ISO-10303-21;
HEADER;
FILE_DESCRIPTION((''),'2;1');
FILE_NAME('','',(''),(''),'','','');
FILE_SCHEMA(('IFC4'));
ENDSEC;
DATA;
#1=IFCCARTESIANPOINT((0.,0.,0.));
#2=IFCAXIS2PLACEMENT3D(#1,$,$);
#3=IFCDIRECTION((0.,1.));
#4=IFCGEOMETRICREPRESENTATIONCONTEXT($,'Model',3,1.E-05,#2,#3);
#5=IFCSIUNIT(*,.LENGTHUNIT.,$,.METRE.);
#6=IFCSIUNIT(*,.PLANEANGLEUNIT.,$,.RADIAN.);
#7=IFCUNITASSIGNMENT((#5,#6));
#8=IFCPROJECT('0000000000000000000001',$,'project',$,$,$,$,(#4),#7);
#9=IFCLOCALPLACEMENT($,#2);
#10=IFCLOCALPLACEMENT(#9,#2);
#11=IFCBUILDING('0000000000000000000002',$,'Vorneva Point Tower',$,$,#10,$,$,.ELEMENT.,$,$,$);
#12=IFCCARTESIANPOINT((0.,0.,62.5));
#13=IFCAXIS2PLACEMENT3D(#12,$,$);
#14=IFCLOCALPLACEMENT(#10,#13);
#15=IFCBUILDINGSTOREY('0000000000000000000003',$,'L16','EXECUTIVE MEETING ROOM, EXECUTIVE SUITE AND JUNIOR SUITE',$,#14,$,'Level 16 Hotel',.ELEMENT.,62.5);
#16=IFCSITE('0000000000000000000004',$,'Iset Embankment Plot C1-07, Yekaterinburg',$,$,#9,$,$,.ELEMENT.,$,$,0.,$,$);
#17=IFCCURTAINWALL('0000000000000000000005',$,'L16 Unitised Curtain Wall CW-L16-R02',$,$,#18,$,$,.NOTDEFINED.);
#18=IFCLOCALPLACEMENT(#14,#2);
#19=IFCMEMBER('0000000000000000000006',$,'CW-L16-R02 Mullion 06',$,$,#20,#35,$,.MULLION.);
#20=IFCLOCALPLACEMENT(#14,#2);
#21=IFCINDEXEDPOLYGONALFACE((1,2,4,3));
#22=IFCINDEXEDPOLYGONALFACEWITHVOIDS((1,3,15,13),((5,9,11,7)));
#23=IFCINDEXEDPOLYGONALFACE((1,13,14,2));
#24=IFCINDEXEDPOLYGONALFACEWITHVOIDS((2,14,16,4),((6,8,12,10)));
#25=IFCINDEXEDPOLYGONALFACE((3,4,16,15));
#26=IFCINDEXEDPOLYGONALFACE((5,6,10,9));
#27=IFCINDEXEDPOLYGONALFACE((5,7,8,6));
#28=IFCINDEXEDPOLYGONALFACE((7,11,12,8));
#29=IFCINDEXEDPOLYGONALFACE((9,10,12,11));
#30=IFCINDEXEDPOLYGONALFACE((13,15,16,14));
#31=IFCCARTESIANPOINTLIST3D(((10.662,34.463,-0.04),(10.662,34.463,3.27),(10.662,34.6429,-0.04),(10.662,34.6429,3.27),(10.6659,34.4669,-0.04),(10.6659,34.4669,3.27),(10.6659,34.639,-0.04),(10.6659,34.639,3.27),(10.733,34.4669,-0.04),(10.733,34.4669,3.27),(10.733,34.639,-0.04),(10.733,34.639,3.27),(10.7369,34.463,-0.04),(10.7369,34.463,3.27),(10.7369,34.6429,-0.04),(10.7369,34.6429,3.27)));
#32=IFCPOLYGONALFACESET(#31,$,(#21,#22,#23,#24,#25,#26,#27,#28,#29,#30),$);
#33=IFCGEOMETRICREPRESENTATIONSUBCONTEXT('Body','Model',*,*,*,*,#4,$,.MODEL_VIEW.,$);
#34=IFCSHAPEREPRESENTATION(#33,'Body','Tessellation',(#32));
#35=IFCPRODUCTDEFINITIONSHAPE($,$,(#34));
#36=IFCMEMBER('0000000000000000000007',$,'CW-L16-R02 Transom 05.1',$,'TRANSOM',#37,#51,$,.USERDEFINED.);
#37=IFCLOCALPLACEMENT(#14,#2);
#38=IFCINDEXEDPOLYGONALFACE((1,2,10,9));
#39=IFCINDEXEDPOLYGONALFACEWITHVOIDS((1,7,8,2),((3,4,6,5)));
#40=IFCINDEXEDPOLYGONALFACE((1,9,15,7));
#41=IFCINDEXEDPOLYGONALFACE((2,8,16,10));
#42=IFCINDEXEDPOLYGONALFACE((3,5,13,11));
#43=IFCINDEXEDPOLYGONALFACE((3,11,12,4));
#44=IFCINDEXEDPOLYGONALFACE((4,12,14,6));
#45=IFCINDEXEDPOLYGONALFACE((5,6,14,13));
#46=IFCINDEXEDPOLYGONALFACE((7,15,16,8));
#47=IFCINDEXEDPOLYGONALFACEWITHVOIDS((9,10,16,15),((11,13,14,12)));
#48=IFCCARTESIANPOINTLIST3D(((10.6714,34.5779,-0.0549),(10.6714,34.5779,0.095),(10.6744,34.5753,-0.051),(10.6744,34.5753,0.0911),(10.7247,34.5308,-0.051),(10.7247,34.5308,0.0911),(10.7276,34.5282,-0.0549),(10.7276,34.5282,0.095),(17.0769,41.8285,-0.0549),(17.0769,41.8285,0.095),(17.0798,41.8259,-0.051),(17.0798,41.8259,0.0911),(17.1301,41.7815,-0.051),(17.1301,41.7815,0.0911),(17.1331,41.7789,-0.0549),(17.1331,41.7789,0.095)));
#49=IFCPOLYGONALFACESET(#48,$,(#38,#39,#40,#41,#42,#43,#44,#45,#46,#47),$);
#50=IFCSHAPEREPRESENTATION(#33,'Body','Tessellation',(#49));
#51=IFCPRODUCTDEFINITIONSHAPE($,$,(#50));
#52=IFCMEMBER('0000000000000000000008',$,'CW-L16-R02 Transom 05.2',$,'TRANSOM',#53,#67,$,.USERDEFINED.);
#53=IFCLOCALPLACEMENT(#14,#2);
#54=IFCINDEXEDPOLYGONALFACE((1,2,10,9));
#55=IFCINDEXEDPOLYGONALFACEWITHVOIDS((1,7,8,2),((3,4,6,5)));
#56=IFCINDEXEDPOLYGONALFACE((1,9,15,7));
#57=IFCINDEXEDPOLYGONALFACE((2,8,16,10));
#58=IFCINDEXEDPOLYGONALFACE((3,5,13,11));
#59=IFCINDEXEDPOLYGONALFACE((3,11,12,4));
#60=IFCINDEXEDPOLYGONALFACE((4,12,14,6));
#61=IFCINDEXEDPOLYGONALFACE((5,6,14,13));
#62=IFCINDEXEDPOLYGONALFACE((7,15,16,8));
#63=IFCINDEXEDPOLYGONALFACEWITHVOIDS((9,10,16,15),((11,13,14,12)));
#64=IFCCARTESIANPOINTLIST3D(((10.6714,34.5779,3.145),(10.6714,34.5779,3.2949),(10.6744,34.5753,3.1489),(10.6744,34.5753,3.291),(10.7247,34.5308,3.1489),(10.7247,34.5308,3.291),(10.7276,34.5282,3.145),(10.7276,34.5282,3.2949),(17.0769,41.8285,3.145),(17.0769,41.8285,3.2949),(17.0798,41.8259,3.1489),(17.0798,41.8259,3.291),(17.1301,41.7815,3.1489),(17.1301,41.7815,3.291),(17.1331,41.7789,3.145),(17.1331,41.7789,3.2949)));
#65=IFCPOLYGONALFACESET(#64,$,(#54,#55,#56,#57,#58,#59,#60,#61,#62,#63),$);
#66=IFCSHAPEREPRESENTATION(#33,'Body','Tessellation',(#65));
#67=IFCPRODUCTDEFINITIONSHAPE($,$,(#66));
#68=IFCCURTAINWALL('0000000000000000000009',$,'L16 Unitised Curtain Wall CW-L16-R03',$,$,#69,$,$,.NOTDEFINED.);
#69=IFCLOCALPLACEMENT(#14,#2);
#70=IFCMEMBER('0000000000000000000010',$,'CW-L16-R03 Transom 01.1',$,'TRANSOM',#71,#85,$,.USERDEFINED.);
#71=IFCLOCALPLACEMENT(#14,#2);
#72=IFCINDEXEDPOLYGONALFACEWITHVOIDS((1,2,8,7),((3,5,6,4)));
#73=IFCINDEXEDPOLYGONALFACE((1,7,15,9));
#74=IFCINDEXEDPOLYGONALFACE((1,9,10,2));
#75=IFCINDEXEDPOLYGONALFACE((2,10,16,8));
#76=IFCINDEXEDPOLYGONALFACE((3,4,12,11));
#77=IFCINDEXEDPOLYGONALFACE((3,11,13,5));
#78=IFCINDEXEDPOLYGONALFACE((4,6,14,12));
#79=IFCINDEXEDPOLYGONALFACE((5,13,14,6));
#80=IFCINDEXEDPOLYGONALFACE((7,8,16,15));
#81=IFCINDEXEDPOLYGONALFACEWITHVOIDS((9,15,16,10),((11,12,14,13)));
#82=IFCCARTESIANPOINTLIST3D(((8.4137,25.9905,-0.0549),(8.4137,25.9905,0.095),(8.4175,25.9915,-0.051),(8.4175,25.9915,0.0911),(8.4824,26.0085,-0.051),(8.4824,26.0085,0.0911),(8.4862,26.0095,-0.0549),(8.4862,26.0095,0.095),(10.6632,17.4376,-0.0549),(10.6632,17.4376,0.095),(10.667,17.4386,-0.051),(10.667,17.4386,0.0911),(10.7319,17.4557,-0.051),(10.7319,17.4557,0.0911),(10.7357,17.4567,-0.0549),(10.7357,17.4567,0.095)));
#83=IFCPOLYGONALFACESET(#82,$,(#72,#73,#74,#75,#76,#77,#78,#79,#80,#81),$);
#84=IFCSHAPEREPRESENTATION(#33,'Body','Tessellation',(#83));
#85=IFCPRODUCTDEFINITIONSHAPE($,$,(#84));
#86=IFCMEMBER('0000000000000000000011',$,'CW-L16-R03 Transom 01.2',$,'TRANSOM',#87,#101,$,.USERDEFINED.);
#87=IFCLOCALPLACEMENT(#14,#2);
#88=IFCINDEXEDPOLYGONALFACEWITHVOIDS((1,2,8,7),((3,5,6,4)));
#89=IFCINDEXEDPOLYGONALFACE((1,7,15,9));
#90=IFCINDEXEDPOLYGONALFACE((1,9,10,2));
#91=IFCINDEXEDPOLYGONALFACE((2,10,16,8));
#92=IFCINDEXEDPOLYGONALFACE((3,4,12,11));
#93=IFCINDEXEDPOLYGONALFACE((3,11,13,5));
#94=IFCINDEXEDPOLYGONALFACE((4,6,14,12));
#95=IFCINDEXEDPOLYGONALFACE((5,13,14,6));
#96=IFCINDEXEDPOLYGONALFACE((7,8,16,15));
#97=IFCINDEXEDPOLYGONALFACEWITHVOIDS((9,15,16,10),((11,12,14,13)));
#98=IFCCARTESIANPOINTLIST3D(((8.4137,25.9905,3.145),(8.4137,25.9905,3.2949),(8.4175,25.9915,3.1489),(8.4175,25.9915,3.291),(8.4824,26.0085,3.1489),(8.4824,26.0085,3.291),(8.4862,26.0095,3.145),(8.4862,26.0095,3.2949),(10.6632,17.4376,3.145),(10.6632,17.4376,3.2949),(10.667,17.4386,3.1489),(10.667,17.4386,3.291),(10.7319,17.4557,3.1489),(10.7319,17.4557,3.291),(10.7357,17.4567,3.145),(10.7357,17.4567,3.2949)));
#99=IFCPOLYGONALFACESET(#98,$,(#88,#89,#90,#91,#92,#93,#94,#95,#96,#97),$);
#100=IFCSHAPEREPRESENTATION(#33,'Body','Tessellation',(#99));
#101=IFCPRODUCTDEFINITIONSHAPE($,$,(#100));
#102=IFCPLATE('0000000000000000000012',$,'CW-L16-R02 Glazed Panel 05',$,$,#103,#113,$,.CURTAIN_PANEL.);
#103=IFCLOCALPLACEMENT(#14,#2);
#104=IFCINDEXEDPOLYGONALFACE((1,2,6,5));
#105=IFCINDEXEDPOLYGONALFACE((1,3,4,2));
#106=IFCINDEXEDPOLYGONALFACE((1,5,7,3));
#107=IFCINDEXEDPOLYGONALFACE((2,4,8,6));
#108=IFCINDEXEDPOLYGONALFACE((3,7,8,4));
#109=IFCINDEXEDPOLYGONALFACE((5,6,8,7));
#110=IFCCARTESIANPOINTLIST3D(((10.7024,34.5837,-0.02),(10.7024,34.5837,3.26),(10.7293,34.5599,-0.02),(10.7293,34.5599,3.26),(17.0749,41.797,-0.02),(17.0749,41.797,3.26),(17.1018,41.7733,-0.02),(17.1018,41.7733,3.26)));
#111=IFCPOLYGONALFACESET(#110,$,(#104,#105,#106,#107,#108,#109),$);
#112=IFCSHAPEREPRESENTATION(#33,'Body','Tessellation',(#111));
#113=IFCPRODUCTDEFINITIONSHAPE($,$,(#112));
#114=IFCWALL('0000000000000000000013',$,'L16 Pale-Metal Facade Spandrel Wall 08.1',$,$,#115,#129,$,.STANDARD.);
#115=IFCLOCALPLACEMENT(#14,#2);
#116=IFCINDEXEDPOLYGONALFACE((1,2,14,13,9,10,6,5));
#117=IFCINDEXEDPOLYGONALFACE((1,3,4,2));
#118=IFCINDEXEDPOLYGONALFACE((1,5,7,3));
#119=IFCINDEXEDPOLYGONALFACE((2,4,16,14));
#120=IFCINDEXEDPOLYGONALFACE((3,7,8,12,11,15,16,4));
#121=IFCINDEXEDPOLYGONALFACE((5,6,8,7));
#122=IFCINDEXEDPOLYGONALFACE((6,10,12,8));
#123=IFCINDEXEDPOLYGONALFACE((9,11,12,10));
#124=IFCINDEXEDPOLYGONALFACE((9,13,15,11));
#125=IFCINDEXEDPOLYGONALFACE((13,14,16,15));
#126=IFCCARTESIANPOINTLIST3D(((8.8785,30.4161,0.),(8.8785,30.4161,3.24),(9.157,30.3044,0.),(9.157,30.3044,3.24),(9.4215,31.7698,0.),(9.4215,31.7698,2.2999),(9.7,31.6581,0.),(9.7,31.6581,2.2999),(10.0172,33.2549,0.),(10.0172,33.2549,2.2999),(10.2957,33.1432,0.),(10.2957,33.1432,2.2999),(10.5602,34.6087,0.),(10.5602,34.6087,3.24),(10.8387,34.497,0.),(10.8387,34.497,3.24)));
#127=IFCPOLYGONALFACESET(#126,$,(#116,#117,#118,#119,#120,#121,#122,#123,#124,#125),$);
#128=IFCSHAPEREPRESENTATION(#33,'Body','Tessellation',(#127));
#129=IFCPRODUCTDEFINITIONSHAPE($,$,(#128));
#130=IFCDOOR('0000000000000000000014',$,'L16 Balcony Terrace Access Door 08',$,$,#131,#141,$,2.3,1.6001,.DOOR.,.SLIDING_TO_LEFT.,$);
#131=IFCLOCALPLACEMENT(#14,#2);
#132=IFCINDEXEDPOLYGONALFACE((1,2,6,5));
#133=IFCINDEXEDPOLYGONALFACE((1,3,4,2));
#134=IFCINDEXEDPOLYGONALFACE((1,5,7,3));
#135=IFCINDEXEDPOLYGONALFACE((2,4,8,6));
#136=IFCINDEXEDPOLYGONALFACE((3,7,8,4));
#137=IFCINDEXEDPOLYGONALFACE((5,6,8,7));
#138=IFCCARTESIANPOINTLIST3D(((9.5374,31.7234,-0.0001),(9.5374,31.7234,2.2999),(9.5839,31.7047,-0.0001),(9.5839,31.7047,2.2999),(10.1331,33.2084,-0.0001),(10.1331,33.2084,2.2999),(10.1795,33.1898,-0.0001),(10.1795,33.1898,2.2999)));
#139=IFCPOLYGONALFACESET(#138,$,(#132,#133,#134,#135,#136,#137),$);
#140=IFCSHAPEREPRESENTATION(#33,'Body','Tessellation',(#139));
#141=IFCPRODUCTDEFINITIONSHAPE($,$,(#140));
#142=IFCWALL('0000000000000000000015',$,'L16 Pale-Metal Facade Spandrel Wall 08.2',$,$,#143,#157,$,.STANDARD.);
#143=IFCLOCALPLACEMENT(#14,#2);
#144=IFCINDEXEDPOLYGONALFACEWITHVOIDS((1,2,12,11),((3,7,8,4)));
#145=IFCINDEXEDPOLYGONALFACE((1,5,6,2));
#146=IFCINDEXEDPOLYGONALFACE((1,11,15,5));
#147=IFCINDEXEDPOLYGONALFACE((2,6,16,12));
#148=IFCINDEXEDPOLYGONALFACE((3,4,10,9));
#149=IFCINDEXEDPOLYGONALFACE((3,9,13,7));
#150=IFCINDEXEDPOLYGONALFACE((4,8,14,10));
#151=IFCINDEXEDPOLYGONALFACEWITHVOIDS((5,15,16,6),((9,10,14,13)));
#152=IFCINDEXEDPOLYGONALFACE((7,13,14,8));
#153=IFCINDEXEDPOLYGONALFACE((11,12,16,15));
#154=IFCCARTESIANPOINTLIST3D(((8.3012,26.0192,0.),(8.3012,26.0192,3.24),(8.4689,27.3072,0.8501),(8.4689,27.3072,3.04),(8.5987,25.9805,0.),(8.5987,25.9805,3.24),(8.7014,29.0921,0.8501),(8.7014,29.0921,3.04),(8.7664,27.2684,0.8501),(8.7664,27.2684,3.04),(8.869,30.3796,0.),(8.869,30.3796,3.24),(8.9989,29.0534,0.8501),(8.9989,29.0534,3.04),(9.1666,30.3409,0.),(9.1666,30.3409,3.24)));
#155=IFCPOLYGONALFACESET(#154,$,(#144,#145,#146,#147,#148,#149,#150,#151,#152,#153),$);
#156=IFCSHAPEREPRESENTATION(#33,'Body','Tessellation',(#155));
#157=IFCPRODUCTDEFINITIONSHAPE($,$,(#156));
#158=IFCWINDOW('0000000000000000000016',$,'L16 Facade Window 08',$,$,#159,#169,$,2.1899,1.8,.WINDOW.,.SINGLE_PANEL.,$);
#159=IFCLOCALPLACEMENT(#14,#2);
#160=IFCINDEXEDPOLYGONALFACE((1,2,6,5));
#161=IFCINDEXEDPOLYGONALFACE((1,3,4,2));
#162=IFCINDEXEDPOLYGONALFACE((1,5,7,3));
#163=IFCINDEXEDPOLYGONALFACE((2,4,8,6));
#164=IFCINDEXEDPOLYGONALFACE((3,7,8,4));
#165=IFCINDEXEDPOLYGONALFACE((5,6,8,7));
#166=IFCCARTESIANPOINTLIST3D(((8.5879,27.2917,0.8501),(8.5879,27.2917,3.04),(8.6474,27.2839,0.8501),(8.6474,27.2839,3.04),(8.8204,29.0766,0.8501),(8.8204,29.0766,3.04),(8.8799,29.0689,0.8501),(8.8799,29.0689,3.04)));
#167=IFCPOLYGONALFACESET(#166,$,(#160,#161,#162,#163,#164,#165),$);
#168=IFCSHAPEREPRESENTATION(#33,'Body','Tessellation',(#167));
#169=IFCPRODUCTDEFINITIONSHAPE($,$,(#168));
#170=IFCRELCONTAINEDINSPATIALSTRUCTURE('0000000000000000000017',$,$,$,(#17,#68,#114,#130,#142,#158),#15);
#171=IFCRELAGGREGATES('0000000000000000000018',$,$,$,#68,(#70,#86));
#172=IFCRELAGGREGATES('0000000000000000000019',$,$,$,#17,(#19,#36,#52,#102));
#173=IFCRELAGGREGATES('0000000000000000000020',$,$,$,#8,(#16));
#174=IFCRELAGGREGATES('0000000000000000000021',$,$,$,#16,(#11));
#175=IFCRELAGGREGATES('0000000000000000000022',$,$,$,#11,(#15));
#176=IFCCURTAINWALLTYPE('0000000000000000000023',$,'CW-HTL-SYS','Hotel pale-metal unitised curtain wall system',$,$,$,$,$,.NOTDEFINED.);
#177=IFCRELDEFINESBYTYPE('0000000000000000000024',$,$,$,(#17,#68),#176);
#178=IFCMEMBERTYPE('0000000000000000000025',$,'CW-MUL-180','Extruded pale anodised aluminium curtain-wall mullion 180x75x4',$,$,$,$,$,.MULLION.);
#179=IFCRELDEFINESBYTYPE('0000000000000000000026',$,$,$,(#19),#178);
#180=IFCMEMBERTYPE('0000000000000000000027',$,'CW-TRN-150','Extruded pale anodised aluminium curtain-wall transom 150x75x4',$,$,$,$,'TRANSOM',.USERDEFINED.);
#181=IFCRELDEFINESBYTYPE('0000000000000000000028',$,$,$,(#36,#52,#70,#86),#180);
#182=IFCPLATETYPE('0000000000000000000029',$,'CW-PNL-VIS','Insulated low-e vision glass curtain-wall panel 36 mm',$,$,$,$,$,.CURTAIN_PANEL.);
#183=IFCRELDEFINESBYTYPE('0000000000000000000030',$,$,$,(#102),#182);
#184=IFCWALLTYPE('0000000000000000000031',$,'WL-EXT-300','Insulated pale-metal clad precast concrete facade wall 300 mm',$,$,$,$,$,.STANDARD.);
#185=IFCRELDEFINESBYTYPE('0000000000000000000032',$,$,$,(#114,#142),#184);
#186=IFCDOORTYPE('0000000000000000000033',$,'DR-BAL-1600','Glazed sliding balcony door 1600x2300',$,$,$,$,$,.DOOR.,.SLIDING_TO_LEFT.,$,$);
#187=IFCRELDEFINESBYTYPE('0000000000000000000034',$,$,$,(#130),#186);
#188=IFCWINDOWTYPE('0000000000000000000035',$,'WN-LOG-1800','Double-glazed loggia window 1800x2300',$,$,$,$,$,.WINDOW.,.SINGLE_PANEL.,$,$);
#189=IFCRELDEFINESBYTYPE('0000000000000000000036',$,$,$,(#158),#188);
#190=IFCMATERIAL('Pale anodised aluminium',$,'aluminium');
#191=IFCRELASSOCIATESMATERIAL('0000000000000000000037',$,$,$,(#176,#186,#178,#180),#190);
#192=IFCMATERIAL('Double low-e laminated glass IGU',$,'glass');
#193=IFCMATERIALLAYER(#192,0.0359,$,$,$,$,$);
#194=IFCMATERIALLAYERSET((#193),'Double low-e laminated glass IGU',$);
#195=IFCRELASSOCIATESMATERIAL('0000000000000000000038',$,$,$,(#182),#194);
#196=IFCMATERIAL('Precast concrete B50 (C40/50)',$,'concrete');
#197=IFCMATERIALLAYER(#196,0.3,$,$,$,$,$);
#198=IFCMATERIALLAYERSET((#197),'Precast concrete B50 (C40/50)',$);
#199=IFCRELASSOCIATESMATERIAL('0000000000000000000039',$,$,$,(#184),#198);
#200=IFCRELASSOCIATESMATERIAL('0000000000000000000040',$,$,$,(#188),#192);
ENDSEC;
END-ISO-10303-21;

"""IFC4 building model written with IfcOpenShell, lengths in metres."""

from ifc_helpers import new_model, si_unit, direction, frame, frame_2d, origin, origin_2d, place, context, subcontext, project, spatial, rectangle, hollow_rectangle, extrude, material, layer, layer_set, material_profile, profile_set, type_object, element, fill, aggregate, save


model = new_model("IFC4")

# Units and contexts
model_context = context("Model", 3, precision=1e-05, world=origin(), true_north=direction((0.0, 1.0)))
body_context = subcontext(model_context, "Body", "Model", "MODEL_VIEW")
ifc_project = project(units=[si_unit("LENGTHUNIT", "METRE"), si_unit("PLANEANGLEUNIT", "RADIAN")], contexts=[model_context])

# Site, building, storey
site_placement = place(None, origin())
site = spatial("IfcSite", under=ifc_project, at=site_placement, Name="Iset Embankment Plot C1-07, Yekaterinburg", CompositionType="ELEMENT", RefElevation=0.0)
building_placement = place(site_placement, origin())
building = spatial("IfcBuilding", under=site, at=building_placement, Name="Vorneva Point Tower", CompositionType="ELEMENT")
storey_placement = place(building_placement, frame((0.0, 0.0, 62.5)))
storey = spatial("IfcBuildingStorey", under=building, at=storey_placement, Name="L16", Description="EXECUTIVE MEETING ROOM, EXECUTIVE SUITE AND JUNIOR SUITE", LongName="Level 16 Hotel", CompositionType="ELEMENT", Elevation=62.5)

# Curtain walls, members
ifc_material_1 = material(Name="Pale anodised aluminium", Category="aluminium")
curtain_wall_type = type_object("IfcCurtainWallType", Name="CW-HTL-SYS", Description="Hotel pale-metal unitised curtain wall system", PredefinedType="NOTDEFINED", material=ifc_material_1)
curtain_wall_1_placement = place(storey_placement, origin())
curtain_wall_1 = element("IfcCurtainWall", 1, at=curtain_wall_1_placement, inside=storey, type_object=curtain_wall_type, Name="L16 Unitised Curtain Wall CW-L16-R02", PredefinedType="NOTDEFINED")
ifc_material_profile_1 = material_profile(ifc_material_1, hollow_rectangle(XDim=0.075, YDim=0.1799, WallThickness=0.0039, at=origin_2d()), Name="AL-MUL 180x75x4")
ifc_profile_set_1 = profile_set([ifc_material_profile_1], Name="Pale anodised aluminium")
member_type_1 = type_object("IfcMemberType", Name="CW-MUL-180", Description="Extruded pale anodised aluminium curtain-wall mullion 180x75x4", PredefinedType="MULLION", material=ifc_profile_set_1)
member_1_placement = place(storey_placement, frame((10.6995, 34.553, -0.04), z_axis=(0.0, 0.0, 1.0), x_axis=(1.0, 0.0, 0.0)))
member_1 = element("IfcMember", 2, at=member_1_placement, type_object=member_type_1, Name="CW-L16-R02 Mullion 06", PredefinedType="MULLION", context=body_context, shape_type="SweptSolid", body=[
    extrude(hollow_rectangle(XDim=0.075, YDim=0.1799, WallThickness=0.0039, at=origin_2d()), origin(), (0.0, 0.0, 1.0), 3.3101),
])
ifc_material_profile_2 = material_profile(ifc_material_1, hollow_rectangle(XDim=0.075, YDim=0.1499, WallThickness=0.0039, at=origin_2d()), Name="AL-TRN 150x75x4")
ifc_profile_set_2 = profile_set([ifc_material_profile_2], Name="Pale anodised aluminium")
member_type_2 = type_object("IfcMemberType", Name="CW-TRN-150", Description="Extruded pale anodised aluminium curtain-wall transom 150x75x4", ElementType="TRANSOM", PredefinedType="USERDEFINED", material=ifc_profile_set_2)
member_2_placement = place(storey_placement, frame((17.105, 41.8037, 0.02), z_axis=(-0.662076, -0.749437, 0.0), x_axis=(0.749437, -0.662076, 0.0)))
member_2 = element("IfcMember", 3, at=member_2_placement, type_object=member_type_2, Name="CW-L16-R02 Transom 05.1", ObjectType="TRANSOM", PredefinedType="USERDEFINED", context=body_context, shape_type="SweptSolid", body=[
    extrude(hollow_rectangle(XDim=0.075, YDim=0.1499, WallThickness=0.0039, at=origin_2d()), origin(), (0.0, 0.0, 1.0), 9.6748),
])
member_3_placement = place(storey_placement, frame((17.105, 41.8037, 3.22), z_axis=(-0.662076, -0.749437, 0.0), x_axis=(0.749437, -0.662076, 0.0)))
member_3 = element("IfcMember", 4, at=member_3_placement, type_object=member_type_2, Name="CW-L16-R02 Transom 05.2", ObjectType="TRANSOM", PredefinedType="USERDEFINED", context=body_context, shape_type="SweptSolid", body=[
    extrude(hollow_rectangle(XDim=0.075, YDim=0.1499, WallThickness=0.0039, at=origin_2d()), origin(), (0.0, 0.0, 1.0), 9.6748),
])
curtain_wall_2_placement = place(storey_placement, origin())
curtain_wall_2 = element("IfcCurtainWall", 5, at=curtain_wall_2_placement, inside=storey, type_object=curtain_wall_type, Name="L16 Unitised Curtain Wall CW-L16-R03", PredefinedType="NOTDEFINED")
member_4_placement = place(storey_placement, frame((8.45, 26.0, 0.02), z_axis=(0.254359, -0.96711, 0.0), x_axis=(0.96711, 0.254359, 0.0)))
member_4 = element("IfcMember", 6, at=member_4_placement, type_object=member_type_2, Name="CW-L16-R03 Transom 01.1", ObjectType="TRANSOM", PredefinedType="USERDEFINED", context=body_context, shape_type="SweptSolid", body=[
    extrude(hollow_rectangle(XDim=0.075, YDim=0.1499, WallThickness=0.0039, at=origin_2d()), origin(), (0.0, 0.0, 1.0), 8.8438),
])
member_5_placement = place(storey_placement, frame((8.45, 26.0, 3.22), z_axis=(0.254359, -0.96711, 0.0), x_axis=(0.96711, 0.254359, 0.0)))
member_5 = element("IfcMember", 7, at=member_5_placement, type_object=member_type_2, Name="CW-L16-R03 Transom 01.2", ObjectType="TRANSOM", PredefinedType="USERDEFINED", context=body_context, shape_type="SweptSolid", body=[
    extrude(hollow_rectangle(XDim=0.075, YDim=0.1499, WallThickness=0.0039, at=origin_2d()), origin(), (0.0, 0.0, 1.0), 8.8438),
])
aggregate(curtain_wall_2, [member_4, member_5])

# Plate
ifc_material_2 = material(Name="Double low-e laminated glass IGU", Category="glass")
ifc_layer_1 = layer(ifc_material_2, 0.0359)
ifc_layer_set_1 = layer_set([ifc_layer_1], Name="Double low-e laminated glass IGU")
plate_type = type_object("IfcPlateType", Name="CW-PNL-VIS", Description="Insulated low-e vision glass curtain-wall panel 36 mm", PredefinedType="CURTAIN_PANEL", material=ifc_layer_set_1)
plate_placement = place(storey_placement, frame((13.9021, 38.1785, -0.02), z_axis=(0.0, 0.0, 1.0), x_axis=(-0.662071, -0.749441, 0.0)))
plate = element("IfcPlate", 8, at=plate_placement, type_object=plate_type, Name="CW-L16-R02 Glazed Panel 05", PredefinedType="CURTAIN_PANEL", context=body_context, shape_type="SweptSolid", body=[
    extrude(rectangle(XDim=9.625, YDim=0.0359, at=origin_2d()), origin(), (0.0, 0.0, 1.0), 3.28),
])
aggregate(curtain_wall_1, [member_1, member_2, member_3, plate])

# Wall, opening, door
ifc_material_3 = material(Name="Precast concrete B50 (C40/50)", Category="concrete")
ifc_layer_2 = layer(ifc_material_3, 0.3)
ifc_layer_set_2 = layer_set([ifc_layer_2], Name="Precast concrete B50 (C40/50)")
wall_type_1 = type_object("IfcWallType", Name="WL-EXT-300", Description="Insulated pale-metal clad precast concrete facade wall 300 mm", PredefinedType="STANDARD", material=ifc_layer_set_2)
wall_1_placement = place(storey_placement, frame((10.6995, 34.553, 0.0), z_axis=(0.0, 0.0, 1.0), x_axis=(-0.372266, -0.928126, 0.0)))
wall_1 = element("IfcWall", 9, at=wall_1_placement, inside=storey, type_object=wall_type_1, Name="L16 Pale-Metal Facade Spandrel Wall 08.1", PredefinedType="STANDARD", context=body_context, shape_type="SweptSolid", body=[
    extrude(rectangle(XDim=4.5173, YDim=0.3, at=frame_2d((2.2588, 0.0))), origin(), (0.0, 0.0, 1.0), 3.24),
])
opening_1_placement = place(wall_1_placement, frame((1.4587, 0.0, 0.0)))
opening_1 = element("IfcOpeningElement", 10, at=opening_1_placement, cuts=wall_1, PredefinedType="OPENING", context=body_context, shape_type="SweptSolid", body=[
    extrude(rectangle(XDim=1.6001, YDim=2.3, at=frame_2d((0.8, 1.1499))), frame((0.0, 0.165, 0.0), z_axis=(0.0, -1.0, 0.0), x_axis=(1.0, 0.0, 0.0)), (0.0, 0.0, 1.0), 0.3298),
])
door_type = type_object("IfcDoorType", Name="DR-BAL-1600", Description="Glazed sliding balcony door 1600x2300", OperationType="SLIDING_TO_LEFT", PredefinedType="DOOR", material=ifc_material_1)
door_placement = place(opening_1_placement, origin())
door = element("IfcDoor", 11, at=door_placement, inside=storey, type_object=door_type, Name="L16 Balcony Terrace Access Door 08", OperationType="SLIDING_TO_LEFT", OverallHeight=2.3, OverallWidth=1.6001, PredefinedType="DOOR", context=body_context, shape_type="SweptSolid", body=[
    extrude(rectangle(XDim=1.6001, YDim=2.3, at=frame_2d((0.8, 1.1499))), frame((0.0, 0.0249, 0.0), z_axis=(0.0, -1.0, 0.0), x_axis=(1.0, 0.0, 0.0)), (0.0, 0.0, 1.0), 0.05),
])
fill(opening_1, door)

# Wall, opening, window
wall_2_placement = place(storey_placement, frame((9.0178, 30.3604, 0.0), z_axis=(0.0, 0.0, 1.0), x_axis=(-0.129145, -0.991626, 0.0)))
wall_2 = element("IfcWall", 12, at=wall_2_placement, inside=storey, type_object=wall_type_1, Name="L16 Pale-Metal Facade Spandrel Wall 08.2", PredefinedType="STANDARD", context=body_context, shape_type="SweptSolid", body=[
    extrude(rectangle(XDim=4.3972, YDim=0.3, at=frame_2d((2.1987, 0.0))), origin(), (0.0, 0.0, 1.0), 3.24),
])
opening_2_placement = place(wall_2_placement, frame((1.2986, 0.0, 0.8501)))
opening_2 = element("IfcOpeningElement", 13, at=opening_2_placement, cuts=wall_2, PredefinedType="OPENING", context=body_context, shape_type="SweptSolid", body=[
    extrude(rectangle(XDim=1.8, YDim=2.1899, at=frame_2d((0.8999, 1.095))), frame((0.0, 0.165, 0.0), z_axis=(0.0, -1.0, 0.0), x_axis=(1.0, 0.0, 0.0)), (0.0, 0.0, 1.0), 0.3298),
])
window_type = type_object("IfcWindowType", Name="WN-LOG-1800", Description="Double-glazed loggia window 1800x2300", PartitioningType="SINGLE_PANEL", PredefinedType="WINDOW", material=ifc_material_2)
window_placement = place(opening_2_placement, origin())
window = element("IfcWindow", 14, at=window_placement, inside=storey, type_object=window_type, Name="L16 Facade Window 08", OverallHeight=2.1899, OverallWidth=1.8, PartitioningType="SINGLE_PANEL", PredefinedType="WINDOW", context=body_context, shape_type="SweptSolid", body=[
    extrude(rectangle(XDim=1.8, YDim=2.1899, at=frame_2d((0.8999, 1.095))), frame((0.0, 0.03, 0.0), z_axis=(0.0, -1.0, 0.0), x_axis=(1.0, 0.0, 0.0)), (0.0, 0.0, 1.0), 0.0601),
])
fill(opening_2, window)

save(model, "model.ifc")
